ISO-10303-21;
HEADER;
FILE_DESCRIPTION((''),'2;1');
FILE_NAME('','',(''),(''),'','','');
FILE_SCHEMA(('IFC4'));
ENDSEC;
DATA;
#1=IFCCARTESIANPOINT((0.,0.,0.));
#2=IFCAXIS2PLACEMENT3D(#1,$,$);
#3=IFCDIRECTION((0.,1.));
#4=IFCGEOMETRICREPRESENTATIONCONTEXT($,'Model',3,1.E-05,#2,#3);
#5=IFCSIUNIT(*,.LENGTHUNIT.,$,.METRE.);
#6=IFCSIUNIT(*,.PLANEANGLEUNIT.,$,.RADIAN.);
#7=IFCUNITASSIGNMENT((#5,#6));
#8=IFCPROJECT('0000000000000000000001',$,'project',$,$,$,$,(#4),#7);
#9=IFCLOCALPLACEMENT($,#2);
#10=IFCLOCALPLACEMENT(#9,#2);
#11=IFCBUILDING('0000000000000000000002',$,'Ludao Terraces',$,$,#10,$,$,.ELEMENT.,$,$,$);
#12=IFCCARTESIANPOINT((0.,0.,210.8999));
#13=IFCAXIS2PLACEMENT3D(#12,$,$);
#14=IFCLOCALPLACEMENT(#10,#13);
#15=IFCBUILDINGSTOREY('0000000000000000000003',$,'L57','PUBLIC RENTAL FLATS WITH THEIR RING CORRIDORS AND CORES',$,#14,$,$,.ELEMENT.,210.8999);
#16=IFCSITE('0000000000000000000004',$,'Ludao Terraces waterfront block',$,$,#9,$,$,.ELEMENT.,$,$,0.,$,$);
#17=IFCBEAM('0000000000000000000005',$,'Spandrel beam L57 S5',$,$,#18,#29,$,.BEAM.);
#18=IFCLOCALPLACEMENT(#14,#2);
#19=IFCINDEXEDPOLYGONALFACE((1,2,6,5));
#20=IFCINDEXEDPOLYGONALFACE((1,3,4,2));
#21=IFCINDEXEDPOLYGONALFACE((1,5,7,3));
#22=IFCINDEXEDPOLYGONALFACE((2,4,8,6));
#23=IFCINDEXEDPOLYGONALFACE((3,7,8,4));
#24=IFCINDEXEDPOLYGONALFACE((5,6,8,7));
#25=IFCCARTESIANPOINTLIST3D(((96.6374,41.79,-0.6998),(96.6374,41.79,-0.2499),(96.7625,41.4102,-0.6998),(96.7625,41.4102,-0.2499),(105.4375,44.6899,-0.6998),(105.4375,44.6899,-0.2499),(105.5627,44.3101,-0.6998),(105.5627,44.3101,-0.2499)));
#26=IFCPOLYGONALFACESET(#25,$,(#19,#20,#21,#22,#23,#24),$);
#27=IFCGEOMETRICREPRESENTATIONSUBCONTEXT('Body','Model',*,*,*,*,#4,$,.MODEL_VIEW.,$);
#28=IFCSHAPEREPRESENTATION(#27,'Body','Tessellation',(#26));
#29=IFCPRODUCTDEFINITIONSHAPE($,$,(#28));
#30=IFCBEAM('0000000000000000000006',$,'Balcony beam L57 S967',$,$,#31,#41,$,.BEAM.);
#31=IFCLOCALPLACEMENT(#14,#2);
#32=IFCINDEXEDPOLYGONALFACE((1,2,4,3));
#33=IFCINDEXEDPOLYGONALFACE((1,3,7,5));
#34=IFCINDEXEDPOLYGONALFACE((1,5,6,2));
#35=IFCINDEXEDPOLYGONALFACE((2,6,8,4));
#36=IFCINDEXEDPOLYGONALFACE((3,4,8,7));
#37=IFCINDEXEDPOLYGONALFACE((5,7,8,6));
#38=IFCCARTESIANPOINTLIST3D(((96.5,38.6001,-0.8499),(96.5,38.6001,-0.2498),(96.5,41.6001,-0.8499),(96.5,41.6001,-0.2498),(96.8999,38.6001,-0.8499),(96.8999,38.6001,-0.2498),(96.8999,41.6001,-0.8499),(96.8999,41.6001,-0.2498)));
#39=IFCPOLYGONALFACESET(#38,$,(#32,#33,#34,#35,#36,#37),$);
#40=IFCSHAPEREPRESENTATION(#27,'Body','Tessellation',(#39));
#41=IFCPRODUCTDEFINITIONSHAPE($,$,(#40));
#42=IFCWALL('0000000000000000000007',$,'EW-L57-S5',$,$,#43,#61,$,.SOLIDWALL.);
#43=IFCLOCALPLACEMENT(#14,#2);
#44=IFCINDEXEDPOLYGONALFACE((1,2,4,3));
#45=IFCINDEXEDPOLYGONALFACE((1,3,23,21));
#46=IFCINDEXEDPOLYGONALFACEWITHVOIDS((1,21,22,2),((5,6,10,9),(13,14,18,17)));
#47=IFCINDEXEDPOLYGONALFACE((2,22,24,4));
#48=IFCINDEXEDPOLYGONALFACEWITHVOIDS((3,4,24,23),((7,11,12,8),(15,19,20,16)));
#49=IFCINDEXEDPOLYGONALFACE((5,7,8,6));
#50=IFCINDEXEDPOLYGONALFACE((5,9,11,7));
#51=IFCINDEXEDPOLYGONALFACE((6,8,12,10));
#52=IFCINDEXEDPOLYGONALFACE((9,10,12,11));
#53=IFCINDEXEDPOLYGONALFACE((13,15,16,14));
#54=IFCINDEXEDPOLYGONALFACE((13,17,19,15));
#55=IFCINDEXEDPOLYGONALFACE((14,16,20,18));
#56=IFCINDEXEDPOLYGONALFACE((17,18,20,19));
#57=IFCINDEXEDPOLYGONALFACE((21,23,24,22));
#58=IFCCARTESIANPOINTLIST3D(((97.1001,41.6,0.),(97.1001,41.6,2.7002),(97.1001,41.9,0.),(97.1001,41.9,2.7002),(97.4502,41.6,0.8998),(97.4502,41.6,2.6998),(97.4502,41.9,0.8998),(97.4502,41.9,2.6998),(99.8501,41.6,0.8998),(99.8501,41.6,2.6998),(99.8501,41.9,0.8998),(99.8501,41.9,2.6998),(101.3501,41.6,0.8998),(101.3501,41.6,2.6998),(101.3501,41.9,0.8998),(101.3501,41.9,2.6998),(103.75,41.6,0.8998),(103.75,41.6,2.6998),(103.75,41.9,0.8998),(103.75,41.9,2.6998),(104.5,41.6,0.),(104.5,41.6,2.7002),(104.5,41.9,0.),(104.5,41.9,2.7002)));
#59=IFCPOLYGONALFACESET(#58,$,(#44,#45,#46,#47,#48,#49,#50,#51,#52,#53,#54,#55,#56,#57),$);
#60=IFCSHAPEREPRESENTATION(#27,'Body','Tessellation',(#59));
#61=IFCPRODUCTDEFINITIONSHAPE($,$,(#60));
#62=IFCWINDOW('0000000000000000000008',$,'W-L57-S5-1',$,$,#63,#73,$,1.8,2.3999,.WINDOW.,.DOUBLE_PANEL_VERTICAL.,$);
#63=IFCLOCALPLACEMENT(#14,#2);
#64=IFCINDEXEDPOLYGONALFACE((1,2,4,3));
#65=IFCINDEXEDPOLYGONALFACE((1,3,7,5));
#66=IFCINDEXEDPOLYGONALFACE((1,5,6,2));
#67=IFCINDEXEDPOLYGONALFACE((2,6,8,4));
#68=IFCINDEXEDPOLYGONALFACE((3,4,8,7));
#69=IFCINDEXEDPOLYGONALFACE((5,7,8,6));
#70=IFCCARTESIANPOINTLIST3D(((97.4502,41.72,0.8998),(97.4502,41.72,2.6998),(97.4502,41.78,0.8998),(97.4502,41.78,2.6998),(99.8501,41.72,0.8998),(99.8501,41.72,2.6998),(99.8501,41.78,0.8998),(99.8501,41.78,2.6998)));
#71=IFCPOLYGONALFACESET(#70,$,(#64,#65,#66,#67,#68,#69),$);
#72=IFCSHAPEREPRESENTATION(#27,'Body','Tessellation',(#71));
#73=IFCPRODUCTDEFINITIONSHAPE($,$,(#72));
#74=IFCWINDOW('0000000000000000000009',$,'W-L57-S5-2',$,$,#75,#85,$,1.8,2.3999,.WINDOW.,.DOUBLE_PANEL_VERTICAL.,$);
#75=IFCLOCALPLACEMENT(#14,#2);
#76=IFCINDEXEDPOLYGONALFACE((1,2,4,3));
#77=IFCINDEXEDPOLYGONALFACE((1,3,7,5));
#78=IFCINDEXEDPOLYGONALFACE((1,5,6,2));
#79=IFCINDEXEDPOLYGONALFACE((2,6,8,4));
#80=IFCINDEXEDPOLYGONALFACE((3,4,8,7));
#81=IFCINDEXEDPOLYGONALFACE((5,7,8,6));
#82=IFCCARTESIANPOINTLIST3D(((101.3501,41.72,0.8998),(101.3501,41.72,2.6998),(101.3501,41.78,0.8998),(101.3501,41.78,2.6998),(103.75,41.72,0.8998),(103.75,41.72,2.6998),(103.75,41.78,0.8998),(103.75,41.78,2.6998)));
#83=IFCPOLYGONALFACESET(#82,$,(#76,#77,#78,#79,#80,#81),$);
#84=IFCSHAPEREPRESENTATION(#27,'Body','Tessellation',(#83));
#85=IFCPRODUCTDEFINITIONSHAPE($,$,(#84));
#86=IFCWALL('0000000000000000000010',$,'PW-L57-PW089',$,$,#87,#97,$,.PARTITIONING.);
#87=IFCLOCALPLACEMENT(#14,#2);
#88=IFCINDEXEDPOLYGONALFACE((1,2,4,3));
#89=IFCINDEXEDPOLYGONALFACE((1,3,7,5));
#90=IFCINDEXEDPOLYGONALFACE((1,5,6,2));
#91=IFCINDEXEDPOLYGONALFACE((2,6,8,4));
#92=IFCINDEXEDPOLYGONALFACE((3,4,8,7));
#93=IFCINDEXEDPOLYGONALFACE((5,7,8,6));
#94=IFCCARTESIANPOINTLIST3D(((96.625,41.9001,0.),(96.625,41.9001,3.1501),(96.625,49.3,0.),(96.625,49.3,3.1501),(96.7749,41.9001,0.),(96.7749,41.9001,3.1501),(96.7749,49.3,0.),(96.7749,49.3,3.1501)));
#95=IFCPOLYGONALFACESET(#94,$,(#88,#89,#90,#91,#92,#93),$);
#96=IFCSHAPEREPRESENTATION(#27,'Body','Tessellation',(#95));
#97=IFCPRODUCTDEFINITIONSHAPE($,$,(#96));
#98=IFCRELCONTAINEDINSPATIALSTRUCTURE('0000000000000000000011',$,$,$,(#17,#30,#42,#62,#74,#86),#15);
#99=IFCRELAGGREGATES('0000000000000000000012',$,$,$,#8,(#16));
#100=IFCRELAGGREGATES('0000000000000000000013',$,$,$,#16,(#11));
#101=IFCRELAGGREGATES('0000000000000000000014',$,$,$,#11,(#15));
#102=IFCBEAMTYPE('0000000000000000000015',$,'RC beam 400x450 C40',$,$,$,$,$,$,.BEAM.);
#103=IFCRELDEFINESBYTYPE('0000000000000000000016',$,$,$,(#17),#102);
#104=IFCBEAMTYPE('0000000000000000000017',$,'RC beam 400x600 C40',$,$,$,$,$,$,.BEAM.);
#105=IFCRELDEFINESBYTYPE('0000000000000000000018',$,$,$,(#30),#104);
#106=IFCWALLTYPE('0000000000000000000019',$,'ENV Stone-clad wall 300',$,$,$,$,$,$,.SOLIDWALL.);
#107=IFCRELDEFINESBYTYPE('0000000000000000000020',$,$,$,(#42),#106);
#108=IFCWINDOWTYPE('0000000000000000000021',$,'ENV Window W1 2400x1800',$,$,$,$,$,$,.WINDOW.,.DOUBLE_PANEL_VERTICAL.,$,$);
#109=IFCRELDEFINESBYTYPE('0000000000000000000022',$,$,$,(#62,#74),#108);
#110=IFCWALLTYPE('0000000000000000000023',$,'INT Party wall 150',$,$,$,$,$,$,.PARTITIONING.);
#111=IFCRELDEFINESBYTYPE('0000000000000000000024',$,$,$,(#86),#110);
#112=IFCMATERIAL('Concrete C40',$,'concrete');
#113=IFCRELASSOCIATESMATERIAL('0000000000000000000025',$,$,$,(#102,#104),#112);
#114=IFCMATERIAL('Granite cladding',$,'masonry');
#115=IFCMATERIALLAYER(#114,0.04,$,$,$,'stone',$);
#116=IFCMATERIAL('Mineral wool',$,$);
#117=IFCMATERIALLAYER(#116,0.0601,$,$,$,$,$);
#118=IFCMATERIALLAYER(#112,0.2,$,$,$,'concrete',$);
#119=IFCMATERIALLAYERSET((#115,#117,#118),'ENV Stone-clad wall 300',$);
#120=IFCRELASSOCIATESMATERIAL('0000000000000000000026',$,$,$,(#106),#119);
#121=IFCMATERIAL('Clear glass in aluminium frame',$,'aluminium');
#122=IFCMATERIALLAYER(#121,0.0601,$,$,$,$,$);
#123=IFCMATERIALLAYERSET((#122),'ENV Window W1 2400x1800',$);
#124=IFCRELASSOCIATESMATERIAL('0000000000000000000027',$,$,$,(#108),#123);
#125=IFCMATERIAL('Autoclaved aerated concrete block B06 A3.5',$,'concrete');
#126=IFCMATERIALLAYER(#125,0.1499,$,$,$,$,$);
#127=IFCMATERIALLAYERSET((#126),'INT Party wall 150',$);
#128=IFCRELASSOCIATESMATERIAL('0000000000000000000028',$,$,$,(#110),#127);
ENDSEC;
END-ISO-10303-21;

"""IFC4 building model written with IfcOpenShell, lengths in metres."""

from ifc_helpers import new_model, si_unit, direction, frame, frame_2d, origin, origin_2d, place, context, subcontext, project, spatial, rectangle, extrude, material, layer, layer_set, material_profile, profile_set, type_object, element, fill, save


model = new_model("IFC4")

# Units and contexts
model_context = context("Model", 3, precision=1e-05, world=origin(), true_north=direction((0.0, 1.0)))
body_context = subcontext(model_context, "Body", "Model", "MODEL_VIEW")
ifc_project = project(units=[si_unit("LENGTHUNIT", "METRE"), si_unit("PLANEANGLEUNIT", "RADIAN")], contexts=[model_context])

# Site, building, storey
site_placement = place(None, origin())
site = spatial("IfcSite", under=ifc_project, at=site_placement, Name="Ludao Terraces waterfront block", CompositionType="ELEMENT", RefElevation=0.0)
building_placement = place(site_placement, origin())
building = spatial("IfcBuilding", under=site, at=building_placement, Name="Ludao Terraces", CompositionType="ELEMENT")
storey_placement = place(building_placement, frame((0.0, 0.0, 210.8999)))
storey = spatial("IfcBuildingStorey", under=building, at=storey_placement, Name="L57", Description="PUBLIC RENTAL FLATS WITH THEIR RING CORRIDORS AND CORES", CompositionType="ELEMENT", Elevation=210.8999)

# Beams
ifc_material_1 = material(Name="Concrete C40", Category="concrete")
ifc_material_profile_1 = material_profile(ifc_material_1, rectangle(XDim=0.3999, YDim=0.45, at=origin_2d()), Name="400 X 450")
ifc_profile_set_1 = profile_set([ifc_material_profile_1], Name="Concrete C40")
beam_type_1 = type_object("IfcBeamType", Name="RC beam 400x450 C40", PredefinedType="BEAM", material=ifc_profile_set_1)
beam_1_placement = place(storey_placement, frame((96.7, 41.6001, -0.4749), z_axis=(0.949761, 0.312977, 0.0), x_axis=(-0.312977, 0.949761, 0.0)))
element("IfcBeam", 1, at=beam_1_placement, inside=storey, type_object=beam_type_1, Name="Spandrel beam L57 S5", PredefinedType="BEAM", context=body_context, shape_type="SweptSolid", body=[
    extrude(rectangle(XDim=0.3999, YDim=0.45, at=origin_2d()), origin(), (0.0, 0.0, 1.0), 9.2656),
])
ifc_material_profile_2 = material_profile(ifc_material_1, rectangle(XDim=0.3999, YDim=0.6001, at=origin_2d()), Name="400 X 600")
ifc_profile_set_2 = profile_set([ifc_material_profile_2], Name="Concrete C40")
beam_type_2 = type_object("IfcBeamType", Name="RC beam 400x600 C40", PredefinedType="BEAM", material=ifc_profile_set_2)
beam_2_placement = place(storey_placement, frame((96.7, 41.6001, -0.5498), z_axis=(0.0, -1.0, 0.0), x_axis=(1.0, 0.0, 0.0)))
element("IfcBeam", 2, at=beam_2_placement, inside=storey, type_object=beam_type_2, Name="Balcony beam L57 S967", PredefinedType="BEAM", context=body_context, shape_type="SweptSolid", body=[
    extrude(rectangle(XDim=0.3999, YDim=0.6001, at=origin_2d()), origin(), (0.0, 0.0, 1.0), 3.0),
])

# Wall, openings, windows
ifc_material_2 = material(Name="Granite cladding", Category="masonry")
ifc_layer_1 = layer(ifc_material_2, 0.04, Category="stone")
ifc_material_3 = material(Name="Mineral wool")
ifc_layer_2 = layer(ifc_material_3, 0.0601)
ifc_layer_3 = layer(ifc_material_1, 0.2, Category="concrete")
ifc_layer_set_1 = layer_set([ifc_layer_1, ifc_layer_2, ifc_layer_3], Name="ENV Stone-clad wall 300")
wall_type_1 = type_object("IfcWallType", Name="ENV Stone-clad wall 300", PredefinedType="SOLIDWALL", material=ifc_layer_set_1)
wall_1_placement = place(storey_placement, frame((97.1001, 41.75, 0.0), z_axis=(0.0, 0.0, 1.0), x_axis=(1.0, 0.0, 0.0)))
wall_1 = element("IfcWall", 3, at=wall_1_placement, inside=storey, type_object=wall_type_1, Name="EW-L57-S5", PredefinedType="SOLIDWALL", context=body_context, shape_type="SweptSolid", body=[
    extrude(rectangle(XDim=7.3999, YDim=0.3, at=frame_2d((3.7, 0.0))), origin(), (0.0, 0.0, 1.0), 2.7002),
])
opening_1_placement = place(wall_1_placement, frame((0.3501, 0.0, 0.8999)))
opening_1 = element("IfcOpeningElement", 4, at=opening_1_placement, cuts=wall_1, PredefinedType="OPENING", context=body_context, shape_type="SweptSolid", body=[
    extrude(rectangle(XDim=2.3999, YDim=1.8, at=frame_2d((1.2, 0.8999))), frame((0.0, 0.1602, 0.0), z_axis=(0.0, -1.0, 0.0), x_axis=(1.0, 0.0, 0.0)), (0.0, 0.0, 1.0), 0.3201),
])
opening_2_placement = place(wall_1_placement, frame((4.25, 0.0, 0.8999)))
opening_2 = element("IfcOpeningElement", 5, at=opening_2_placement, cuts=wall_1, PredefinedType="OPENING", context=body_context, shape_type="SweptSolid", body=[
    extrude(rectangle(XDim=2.3999, YDim=1.8, at=frame_2d((1.2, 0.8999))), frame((0.0, 0.1602, 0.0), z_axis=(0.0, -1.0, 0.0), x_axis=(1.0, 0.0, 0.0)), (0.0, 0.0, 1.0), 0.3201),
])
ifc_material_4 = material(Name="Clear glass in aluminium frame", Category="aluminium")
ifc_layer_4 = layer(ifc_material_4, 0.0601)
ifc_layer_set_2 = layer_set([ifc_layer_4], Name="ENV Window W1 2400x1800")
window_type = type_object("IfcWindowType", Name="ENV Window W1 2400x1800", PartitioningType="DOUBLE_PANEL_VERTICAL", PredefinedType="WINDOW", material=ifc_layer_set_2)
window_1_placement = place(opening_1_placement, origin())
window_1 = element("IfcWindow", 6, at=window_1_placement, inside=storey, type_object=window_type, Name="W-L57-S5-1", OverallHeight=1.8, OverallWidth=2.3999, PartitioningType="DOUBLE_PANEL_VERTICAL", PredefinedType="WINDOW", context=body_context, shape_type="SweptSolid", body=[
    extrude(rectangle(XDim=2.3999, YDim=1.8, at=frame_2d((1.2, 0.8999))), frame((0.0, 0.03, 0.0), z_axis=(0.0, -1.0, 0.0), x_axis=(1.0, 0.0, 0.0)), (0.0, 0.0, 1.0), 0.0601),
])
fill(opening_1, window_1)
window_2_placement = place(opening_2_placement, origin())
window_2 = element("IfcWindow", 7, at=window_2_placement, inside=storey, type_object=window_type, Name="W-L57-S5-2", OverallHeight=1.8, OverallWidth=2.3999, PartitioningType="DOUBLE_PANEL_VERTICAL", PredefinedType="WINDOW", context=body_context, shape_type="SweptSolid", body=[
    extrude(rectangle(XDim=2.3999, YDim=1.8, at=frame_2d((1.2, 0.8999))), frame((0.0, 0.03, 0.0), z_axis=(0.0, -1.0, 0.0), x_axis=(1.0, 0.0, 0.0)), (0.0, 0.0, 1.0), 0.0601),
])
fill(opening_2, window_2)

# Wall
ifc_material_5 = material(Name="Autoclaved aerated concrete block B06 A3.5", Category="concrete")
ifc_layer_5 = layer(ifc_material_5, 0.1499)
ifc_layer_set_3 = layer_set([ifc_layer_5], Name="INT Party wall 150")
wall_type_2 = type_object("IfcWallType", Name="INT Party wall 150", PredefinedType="PARTITIONING", material=ifc_layer_set_3)
wall_2_placement = place(storey_placement, frame((96.7, 41.9001, 0.0), z_axis=(0.0, 0.0, 1.0), x_axis=(0.0, 1.0, 0.0)))
element("IfcWall", 8, at=wall_2_placement, inside=storey, type_object=wall_type_2, Name="PW-L57-PW089", PredefinedType="PARTITIONING", context=body_context, shape_type="SweptSolid", body=[
    extrude(rectangle(XDim=7.3999, YDim=0.1499, at=frame_2d((3.7, 0.0))), origin(), (0.0, 0.0, 1.0), 3.1501),
])

save(model, "model.ifc")
